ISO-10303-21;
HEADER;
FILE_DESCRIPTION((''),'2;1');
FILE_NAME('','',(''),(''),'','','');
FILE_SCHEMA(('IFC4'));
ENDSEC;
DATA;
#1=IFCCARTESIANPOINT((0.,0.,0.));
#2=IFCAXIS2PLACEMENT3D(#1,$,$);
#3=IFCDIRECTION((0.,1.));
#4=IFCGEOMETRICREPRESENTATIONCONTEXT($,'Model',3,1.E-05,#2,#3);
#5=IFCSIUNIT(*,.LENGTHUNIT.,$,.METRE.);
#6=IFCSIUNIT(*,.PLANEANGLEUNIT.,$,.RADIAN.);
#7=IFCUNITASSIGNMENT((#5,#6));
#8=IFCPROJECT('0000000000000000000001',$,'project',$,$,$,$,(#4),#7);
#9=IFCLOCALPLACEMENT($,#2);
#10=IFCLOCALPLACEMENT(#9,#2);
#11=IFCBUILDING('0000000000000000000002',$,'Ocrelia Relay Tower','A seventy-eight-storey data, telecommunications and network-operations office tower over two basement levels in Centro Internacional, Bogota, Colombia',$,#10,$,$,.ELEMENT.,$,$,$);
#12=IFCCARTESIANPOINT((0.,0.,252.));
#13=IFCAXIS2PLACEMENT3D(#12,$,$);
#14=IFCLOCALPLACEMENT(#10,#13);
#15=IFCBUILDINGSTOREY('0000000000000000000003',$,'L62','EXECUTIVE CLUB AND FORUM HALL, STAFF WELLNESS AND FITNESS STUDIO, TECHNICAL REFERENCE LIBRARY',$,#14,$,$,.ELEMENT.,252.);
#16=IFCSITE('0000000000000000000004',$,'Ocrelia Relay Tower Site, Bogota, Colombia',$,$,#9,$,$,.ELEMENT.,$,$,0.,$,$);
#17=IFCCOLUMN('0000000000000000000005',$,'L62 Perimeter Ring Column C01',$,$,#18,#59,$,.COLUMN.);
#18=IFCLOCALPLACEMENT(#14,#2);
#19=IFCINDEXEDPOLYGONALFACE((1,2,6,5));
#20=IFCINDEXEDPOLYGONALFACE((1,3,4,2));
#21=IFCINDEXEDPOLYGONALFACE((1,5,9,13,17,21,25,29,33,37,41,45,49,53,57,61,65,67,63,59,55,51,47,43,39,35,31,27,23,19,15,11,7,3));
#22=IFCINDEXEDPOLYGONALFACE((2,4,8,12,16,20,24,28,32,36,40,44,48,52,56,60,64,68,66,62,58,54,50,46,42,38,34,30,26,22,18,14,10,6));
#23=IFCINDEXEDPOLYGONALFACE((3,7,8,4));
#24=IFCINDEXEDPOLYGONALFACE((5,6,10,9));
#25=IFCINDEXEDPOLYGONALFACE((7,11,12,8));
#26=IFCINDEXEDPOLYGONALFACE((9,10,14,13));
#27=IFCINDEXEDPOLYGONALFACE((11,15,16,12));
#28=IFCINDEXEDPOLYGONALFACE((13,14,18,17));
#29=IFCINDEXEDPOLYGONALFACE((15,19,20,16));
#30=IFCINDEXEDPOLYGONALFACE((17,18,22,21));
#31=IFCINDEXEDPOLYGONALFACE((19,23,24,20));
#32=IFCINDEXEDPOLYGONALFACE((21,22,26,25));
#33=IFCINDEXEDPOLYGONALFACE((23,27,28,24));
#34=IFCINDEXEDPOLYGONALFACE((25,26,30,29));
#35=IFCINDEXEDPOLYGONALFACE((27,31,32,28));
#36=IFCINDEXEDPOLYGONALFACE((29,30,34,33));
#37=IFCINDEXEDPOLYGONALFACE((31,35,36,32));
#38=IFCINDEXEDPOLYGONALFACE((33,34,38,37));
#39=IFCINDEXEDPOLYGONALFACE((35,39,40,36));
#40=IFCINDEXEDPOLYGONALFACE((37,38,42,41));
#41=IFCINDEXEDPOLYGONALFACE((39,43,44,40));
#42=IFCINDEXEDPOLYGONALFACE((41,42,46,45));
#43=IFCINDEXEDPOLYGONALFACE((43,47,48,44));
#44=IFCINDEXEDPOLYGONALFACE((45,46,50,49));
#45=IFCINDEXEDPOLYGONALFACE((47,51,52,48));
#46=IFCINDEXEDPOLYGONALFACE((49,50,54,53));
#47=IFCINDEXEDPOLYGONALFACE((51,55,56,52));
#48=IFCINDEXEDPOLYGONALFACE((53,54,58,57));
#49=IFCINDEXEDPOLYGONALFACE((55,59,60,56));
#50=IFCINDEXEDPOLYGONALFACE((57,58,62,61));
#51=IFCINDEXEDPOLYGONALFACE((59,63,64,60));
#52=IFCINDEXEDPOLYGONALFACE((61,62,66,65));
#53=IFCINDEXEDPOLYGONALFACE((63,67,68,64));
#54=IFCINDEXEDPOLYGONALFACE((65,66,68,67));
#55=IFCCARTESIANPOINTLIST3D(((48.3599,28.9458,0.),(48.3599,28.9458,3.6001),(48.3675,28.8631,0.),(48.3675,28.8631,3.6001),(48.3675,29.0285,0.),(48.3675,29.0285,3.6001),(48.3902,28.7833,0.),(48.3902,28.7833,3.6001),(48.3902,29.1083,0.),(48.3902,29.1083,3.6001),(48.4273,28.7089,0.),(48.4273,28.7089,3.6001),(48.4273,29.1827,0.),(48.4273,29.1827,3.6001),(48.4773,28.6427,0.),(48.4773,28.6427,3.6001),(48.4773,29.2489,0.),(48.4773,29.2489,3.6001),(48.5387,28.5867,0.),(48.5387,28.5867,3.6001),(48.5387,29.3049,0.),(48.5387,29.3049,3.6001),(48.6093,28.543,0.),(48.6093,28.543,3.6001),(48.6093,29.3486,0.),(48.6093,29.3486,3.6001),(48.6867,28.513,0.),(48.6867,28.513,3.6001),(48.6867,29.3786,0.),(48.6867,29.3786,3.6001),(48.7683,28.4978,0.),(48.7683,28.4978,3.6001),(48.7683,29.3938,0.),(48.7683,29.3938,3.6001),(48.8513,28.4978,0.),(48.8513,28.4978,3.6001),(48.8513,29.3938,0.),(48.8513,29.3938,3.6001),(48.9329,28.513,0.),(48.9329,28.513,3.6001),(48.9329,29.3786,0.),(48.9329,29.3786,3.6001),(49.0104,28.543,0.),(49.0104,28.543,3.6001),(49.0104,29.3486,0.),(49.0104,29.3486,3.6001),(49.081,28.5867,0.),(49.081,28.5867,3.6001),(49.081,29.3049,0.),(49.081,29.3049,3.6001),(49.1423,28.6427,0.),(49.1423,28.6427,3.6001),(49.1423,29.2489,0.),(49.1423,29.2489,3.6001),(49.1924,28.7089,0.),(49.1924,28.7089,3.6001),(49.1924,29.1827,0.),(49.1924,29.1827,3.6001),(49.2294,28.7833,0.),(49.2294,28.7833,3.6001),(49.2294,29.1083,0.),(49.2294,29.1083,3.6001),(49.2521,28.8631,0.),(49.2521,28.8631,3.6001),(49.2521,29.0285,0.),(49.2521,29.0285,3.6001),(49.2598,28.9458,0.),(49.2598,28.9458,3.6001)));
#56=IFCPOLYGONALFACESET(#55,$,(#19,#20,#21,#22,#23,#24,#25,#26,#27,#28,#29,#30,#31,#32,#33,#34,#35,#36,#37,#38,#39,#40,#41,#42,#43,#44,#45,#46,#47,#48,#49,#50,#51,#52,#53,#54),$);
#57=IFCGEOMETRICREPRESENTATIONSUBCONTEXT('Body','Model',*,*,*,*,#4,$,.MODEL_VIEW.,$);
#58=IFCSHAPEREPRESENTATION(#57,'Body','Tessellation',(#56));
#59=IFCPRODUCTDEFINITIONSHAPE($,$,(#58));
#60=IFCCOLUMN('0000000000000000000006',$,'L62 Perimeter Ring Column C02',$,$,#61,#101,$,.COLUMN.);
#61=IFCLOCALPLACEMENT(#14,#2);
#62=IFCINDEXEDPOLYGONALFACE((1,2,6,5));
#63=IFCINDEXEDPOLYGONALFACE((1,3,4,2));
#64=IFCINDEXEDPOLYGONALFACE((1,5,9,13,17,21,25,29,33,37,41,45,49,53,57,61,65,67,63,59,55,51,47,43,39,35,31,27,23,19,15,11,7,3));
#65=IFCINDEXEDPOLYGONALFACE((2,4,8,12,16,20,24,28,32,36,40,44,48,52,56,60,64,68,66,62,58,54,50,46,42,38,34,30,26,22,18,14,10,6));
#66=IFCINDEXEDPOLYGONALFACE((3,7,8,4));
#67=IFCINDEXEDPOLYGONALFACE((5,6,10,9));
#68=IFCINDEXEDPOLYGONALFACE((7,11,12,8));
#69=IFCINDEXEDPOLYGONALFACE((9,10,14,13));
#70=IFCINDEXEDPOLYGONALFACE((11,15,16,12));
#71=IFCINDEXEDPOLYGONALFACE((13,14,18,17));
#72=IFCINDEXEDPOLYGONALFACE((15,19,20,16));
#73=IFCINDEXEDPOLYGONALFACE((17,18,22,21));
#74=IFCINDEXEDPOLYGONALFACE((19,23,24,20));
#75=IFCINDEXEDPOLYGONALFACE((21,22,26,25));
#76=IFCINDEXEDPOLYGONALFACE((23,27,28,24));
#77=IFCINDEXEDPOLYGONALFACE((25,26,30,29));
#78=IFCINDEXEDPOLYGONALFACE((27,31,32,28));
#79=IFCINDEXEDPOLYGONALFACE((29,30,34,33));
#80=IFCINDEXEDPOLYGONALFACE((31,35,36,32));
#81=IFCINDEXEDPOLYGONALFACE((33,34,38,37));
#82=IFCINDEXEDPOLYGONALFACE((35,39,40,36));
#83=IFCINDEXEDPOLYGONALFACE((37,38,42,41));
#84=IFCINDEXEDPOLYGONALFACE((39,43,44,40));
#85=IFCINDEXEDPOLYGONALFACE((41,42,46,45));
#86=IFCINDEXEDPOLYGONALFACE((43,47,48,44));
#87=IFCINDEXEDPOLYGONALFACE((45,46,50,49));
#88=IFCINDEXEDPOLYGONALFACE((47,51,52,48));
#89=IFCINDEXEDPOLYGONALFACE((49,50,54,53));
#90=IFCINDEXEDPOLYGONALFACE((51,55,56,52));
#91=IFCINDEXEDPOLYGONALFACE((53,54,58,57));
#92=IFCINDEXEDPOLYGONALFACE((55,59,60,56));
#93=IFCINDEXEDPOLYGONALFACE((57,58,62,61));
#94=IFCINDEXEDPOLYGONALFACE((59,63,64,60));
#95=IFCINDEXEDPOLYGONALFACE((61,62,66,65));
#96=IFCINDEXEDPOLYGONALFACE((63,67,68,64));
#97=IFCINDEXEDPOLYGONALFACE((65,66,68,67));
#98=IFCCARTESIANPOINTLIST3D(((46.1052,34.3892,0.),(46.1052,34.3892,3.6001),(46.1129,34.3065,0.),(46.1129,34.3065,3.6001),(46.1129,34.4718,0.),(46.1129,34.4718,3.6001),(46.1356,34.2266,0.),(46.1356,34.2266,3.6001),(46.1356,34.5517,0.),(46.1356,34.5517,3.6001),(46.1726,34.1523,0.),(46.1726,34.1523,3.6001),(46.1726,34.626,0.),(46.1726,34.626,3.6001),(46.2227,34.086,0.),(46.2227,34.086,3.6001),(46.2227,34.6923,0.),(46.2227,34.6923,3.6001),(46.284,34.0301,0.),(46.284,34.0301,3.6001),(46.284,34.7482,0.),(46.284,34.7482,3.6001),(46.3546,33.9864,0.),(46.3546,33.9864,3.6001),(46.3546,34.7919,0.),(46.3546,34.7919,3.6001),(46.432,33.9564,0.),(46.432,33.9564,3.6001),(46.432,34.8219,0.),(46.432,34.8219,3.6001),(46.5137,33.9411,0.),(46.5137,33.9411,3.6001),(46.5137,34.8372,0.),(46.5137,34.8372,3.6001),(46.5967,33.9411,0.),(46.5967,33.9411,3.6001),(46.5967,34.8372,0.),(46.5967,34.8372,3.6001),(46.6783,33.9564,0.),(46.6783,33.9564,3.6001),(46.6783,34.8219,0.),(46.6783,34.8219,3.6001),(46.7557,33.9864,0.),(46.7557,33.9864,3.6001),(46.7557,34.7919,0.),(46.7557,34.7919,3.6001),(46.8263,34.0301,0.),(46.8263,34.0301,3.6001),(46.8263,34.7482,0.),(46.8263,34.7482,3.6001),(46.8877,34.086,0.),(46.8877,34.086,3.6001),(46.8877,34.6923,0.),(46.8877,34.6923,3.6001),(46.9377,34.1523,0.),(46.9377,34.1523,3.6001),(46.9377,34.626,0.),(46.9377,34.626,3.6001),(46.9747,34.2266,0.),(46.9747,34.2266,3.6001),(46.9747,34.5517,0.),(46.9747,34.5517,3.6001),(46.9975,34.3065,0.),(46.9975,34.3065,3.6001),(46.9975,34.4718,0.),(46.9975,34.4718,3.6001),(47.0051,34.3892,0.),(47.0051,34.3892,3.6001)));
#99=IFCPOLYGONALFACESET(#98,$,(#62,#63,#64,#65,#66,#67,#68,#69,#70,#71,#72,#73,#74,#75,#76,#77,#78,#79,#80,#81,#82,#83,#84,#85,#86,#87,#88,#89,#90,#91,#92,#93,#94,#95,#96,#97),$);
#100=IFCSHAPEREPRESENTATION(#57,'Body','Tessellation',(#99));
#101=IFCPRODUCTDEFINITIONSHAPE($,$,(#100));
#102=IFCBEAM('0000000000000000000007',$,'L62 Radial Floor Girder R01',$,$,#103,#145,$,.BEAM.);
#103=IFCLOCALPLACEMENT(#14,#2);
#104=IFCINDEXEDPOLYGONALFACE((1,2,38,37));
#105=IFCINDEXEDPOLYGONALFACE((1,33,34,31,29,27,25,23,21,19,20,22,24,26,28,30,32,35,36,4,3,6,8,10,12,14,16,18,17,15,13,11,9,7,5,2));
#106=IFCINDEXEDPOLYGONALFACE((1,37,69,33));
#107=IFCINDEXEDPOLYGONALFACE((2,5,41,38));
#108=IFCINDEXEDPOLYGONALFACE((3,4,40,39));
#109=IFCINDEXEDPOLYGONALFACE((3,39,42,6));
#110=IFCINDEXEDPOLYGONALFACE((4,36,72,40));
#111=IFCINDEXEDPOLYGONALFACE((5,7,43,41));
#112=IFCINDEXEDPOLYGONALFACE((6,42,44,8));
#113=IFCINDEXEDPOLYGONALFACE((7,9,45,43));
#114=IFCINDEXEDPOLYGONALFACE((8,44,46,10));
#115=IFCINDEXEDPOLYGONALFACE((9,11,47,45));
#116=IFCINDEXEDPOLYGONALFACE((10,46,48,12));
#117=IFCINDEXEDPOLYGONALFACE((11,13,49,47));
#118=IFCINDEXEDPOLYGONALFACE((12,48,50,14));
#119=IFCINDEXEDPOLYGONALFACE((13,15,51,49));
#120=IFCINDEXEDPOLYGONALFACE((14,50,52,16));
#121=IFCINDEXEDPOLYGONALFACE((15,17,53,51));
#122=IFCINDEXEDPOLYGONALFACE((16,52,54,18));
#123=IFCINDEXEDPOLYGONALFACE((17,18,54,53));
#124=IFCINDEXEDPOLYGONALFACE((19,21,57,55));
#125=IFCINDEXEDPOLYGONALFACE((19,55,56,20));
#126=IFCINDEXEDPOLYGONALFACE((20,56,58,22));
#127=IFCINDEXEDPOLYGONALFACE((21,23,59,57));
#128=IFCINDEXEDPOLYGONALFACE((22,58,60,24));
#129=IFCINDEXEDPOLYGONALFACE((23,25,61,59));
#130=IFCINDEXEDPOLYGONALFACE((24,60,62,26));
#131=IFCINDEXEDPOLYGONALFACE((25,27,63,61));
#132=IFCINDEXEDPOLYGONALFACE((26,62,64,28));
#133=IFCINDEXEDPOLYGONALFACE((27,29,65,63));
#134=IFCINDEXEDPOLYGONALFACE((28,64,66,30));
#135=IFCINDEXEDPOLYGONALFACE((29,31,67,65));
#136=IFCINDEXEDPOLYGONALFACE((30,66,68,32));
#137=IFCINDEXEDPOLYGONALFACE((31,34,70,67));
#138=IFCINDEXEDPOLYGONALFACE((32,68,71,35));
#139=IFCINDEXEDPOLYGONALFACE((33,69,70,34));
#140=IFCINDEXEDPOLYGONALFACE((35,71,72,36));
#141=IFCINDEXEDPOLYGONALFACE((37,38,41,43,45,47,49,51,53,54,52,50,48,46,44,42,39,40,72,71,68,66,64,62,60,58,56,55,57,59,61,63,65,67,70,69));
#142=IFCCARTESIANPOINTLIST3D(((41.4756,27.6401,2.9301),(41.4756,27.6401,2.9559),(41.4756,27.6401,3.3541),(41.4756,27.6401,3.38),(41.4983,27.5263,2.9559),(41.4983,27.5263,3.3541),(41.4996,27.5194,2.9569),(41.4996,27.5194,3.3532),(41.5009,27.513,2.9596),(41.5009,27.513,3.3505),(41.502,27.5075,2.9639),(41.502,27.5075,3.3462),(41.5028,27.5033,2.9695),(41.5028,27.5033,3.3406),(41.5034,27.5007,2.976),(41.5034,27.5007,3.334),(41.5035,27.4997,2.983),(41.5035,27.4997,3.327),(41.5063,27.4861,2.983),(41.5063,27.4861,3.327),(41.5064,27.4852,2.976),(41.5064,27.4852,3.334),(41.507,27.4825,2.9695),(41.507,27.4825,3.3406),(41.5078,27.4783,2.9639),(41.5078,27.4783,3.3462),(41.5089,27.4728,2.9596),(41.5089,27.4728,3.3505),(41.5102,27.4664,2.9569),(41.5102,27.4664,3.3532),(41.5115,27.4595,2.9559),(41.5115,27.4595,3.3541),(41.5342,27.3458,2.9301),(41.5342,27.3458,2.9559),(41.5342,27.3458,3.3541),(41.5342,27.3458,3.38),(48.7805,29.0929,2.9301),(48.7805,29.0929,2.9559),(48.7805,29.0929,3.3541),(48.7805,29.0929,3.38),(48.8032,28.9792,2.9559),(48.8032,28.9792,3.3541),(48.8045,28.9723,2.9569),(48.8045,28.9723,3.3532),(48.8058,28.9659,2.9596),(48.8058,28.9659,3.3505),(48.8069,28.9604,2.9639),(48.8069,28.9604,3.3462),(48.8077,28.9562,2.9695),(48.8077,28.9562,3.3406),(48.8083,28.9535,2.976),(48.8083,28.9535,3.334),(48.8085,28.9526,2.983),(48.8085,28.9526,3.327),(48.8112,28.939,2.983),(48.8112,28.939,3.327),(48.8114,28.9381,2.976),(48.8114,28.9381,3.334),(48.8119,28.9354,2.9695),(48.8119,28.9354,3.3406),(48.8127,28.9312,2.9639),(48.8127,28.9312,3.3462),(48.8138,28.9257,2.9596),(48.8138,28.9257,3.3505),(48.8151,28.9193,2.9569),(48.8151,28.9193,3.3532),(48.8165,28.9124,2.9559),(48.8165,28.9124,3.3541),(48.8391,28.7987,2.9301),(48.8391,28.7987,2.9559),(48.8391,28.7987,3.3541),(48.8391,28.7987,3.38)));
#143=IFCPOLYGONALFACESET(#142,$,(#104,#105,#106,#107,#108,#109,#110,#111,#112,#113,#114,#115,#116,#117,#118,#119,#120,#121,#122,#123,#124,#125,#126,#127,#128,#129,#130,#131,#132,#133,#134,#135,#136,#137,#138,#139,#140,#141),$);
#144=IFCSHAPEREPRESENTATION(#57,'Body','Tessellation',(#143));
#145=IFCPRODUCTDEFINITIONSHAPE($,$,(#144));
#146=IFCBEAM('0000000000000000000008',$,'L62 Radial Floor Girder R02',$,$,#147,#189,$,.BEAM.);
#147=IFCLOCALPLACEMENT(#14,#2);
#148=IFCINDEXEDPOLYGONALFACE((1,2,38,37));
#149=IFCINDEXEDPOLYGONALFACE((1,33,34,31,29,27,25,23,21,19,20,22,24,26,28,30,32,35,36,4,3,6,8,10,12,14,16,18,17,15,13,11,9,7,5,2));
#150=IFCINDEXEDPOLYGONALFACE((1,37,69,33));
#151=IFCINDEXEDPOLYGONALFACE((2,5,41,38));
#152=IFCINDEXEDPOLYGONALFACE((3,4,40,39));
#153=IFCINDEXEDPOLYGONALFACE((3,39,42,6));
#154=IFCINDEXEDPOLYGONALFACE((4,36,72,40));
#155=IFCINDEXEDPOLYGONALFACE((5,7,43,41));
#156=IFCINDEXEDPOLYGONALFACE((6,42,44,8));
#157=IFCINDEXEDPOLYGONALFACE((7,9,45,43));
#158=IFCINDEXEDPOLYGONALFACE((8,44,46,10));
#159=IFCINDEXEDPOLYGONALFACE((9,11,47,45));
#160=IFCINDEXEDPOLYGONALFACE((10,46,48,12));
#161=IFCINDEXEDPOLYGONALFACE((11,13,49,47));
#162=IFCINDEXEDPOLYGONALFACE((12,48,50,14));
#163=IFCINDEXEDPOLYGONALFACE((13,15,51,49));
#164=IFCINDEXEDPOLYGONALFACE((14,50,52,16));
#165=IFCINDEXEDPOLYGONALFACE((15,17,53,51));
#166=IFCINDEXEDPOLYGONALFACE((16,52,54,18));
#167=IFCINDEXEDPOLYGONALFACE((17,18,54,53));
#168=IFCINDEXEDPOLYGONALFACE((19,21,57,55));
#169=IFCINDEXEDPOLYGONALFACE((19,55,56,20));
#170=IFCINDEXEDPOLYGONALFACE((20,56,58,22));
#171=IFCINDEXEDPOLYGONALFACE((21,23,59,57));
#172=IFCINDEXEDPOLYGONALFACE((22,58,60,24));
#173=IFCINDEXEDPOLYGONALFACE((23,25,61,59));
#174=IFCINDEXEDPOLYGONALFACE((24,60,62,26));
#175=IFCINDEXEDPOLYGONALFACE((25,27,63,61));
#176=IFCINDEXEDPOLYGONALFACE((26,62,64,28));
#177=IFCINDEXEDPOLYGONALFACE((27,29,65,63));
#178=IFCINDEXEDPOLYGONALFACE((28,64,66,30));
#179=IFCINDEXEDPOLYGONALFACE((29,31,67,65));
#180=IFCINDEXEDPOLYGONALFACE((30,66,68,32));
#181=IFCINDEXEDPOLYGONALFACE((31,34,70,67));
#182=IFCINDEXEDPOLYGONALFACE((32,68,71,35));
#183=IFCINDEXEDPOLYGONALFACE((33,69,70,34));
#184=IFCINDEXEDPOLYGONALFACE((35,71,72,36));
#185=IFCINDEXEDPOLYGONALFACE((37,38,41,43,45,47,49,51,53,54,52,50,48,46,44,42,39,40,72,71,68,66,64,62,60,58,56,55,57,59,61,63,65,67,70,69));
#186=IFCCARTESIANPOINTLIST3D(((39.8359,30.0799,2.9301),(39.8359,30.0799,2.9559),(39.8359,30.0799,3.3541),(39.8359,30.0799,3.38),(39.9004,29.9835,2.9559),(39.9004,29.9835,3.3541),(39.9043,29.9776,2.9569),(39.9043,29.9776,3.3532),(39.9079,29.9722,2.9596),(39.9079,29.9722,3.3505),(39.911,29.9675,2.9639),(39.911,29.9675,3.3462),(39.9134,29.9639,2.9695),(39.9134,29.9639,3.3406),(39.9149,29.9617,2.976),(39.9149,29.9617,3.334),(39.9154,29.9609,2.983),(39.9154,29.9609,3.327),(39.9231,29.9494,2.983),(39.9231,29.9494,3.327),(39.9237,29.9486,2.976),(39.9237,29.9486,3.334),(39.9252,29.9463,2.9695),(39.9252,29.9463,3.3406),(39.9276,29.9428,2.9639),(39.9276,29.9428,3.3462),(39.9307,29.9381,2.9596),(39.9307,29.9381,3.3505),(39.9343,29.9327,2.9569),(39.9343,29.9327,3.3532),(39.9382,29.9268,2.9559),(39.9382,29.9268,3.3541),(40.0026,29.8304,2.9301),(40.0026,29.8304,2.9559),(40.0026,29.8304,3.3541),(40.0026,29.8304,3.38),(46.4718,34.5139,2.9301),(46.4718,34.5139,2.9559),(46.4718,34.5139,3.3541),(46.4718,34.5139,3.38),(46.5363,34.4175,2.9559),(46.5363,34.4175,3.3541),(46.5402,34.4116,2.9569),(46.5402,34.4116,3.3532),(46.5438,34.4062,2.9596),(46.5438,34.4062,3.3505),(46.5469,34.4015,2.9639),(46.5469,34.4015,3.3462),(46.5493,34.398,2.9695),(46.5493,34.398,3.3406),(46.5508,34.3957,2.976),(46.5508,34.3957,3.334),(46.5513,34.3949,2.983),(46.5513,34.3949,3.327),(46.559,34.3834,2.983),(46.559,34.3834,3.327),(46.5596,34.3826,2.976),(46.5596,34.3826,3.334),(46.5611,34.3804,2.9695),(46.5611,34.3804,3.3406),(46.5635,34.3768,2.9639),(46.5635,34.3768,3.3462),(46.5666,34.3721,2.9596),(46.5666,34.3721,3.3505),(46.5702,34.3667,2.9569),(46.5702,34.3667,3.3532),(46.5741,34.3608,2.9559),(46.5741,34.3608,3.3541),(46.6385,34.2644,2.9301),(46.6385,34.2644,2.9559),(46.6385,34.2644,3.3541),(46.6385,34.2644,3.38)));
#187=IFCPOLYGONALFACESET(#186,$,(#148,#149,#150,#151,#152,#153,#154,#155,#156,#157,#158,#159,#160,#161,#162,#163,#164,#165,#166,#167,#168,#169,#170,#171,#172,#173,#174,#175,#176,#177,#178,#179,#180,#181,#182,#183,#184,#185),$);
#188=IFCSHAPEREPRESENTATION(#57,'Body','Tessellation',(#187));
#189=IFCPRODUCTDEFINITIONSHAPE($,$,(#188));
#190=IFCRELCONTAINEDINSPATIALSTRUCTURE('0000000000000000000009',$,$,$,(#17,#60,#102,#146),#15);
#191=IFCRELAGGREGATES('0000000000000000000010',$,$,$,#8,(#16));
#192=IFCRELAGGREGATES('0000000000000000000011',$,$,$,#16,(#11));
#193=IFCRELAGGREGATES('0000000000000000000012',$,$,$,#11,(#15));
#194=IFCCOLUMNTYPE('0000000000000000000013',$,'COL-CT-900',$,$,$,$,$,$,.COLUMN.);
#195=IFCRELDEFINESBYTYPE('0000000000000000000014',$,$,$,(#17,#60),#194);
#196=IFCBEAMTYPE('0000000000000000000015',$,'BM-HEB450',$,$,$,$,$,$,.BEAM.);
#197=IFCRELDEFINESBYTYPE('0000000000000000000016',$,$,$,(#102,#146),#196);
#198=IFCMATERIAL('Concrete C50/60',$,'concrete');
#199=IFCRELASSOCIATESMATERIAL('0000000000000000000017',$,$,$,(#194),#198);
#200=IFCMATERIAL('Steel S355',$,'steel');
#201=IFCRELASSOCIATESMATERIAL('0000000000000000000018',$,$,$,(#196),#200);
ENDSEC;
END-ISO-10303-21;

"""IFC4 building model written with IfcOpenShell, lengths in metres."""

from ifc_helpers import new_model, si_unit, direction, frame, origin, origin_2d, place, context, subcontext, project, spatial, circle, i_section, extrude, material, material_profile, profile_set, type_object, element, save


model = new_model("IFC4")

# Units and contexts
model_context = context("Model", 3, precision=1e-05, world=origin(), true_north=direction((0.0, 1.0)))
body_context = subcontext(model_context, "Body", "Model", "MODEL_VIEW")
ifc_project = project(units=[si_unit("LENGTHUNIT", "METRE"), si_unit("PLANEANGLEUNIT", "RADIAN")], contexts=[model_context])

# Site, building, storey
site_placement = place(None, origin())
site = spatial("IfcSite", under=ifc_project, at=site_placement, Name="Ocrelia Relay Tower Site, Bogota, Colombia", CompositionType="ELEMENT", RefElevation=0.0)
building_placement = place(site_placement, origin())
building = spatial("IfcBuilding", under=site, at=building_placement, Name="Ocrelia Relay Tower", Description="A seventy-eight-storey data, telecommunications and network-operations office tower over two basement levels in Centro Internacional, Bogota, Colombia", CompositionType="ELEMENT")
storey_placement = place(building_placement, frame((0.0, 0.0, 252.0)))
storey = spatial("IfcBuildingStorey", under=building, at=storey_placement, Name="L62", Description="EXECUTIVE CLUB AND FORUM HALL, STAFF WELLNESS AND FITNESS STUDIO, TECHNICAL REFERENCE LIBRARY", CompositionType="ELEMENT", Elevation=252.0)

# Columns
ifc_material_1 = material(Name="Concrete C50/60", Category="concrete")
ifc_material_profile_1 = material_profile(ifc_material_1, circle(Radius=0.45, at=origin_2d()), Name="RC-CIR-900")
ifc_profile_set_1 = profile_set([ifc_material_profile_1], Name="Concrete C50/60")
column_type = type_object("IfcColumnType", Name="COL-CT-900", PredefinedType="COLUMN", material=ifc_profile_set_1)
for number, where, z_axis, x_axis, name in (
    (1, (48.8098, 28.9458, 0.0), (0.0, 0.0, 1.0), (1.0, 0.0, 0.0), "L62 Perimeter Ring Column C01"),
    (2, (46.5552, 34.3892, 0.0), (0.0, 0.0, 1.0), (1.0, 0.0, 0.0), "L62 Perimeter Ring Column C02"),
):
    element("IfcColumn", number, at=place(storey_placement, frame(where, z_axis=z_axis, x_axis=x_axis)), inside=storey, type_object=column_type, Name=name, PredefinedType="COLUMN", context=body_context, shape_type="SweptSolid", body=[
        extrude(circle(Radius=0.45, at=origin_2d()), origin(), (0.0, 0.0, 1.0), 3.6001),
    ])

# Beams
ifc_material_2 = material(Name="Steel S355", Category="steel")
ifc_material_profile_2 = material_profile(ifc_material_2, i_section(OverallWidth=0.3, OverallDepth=0.45, WebThickness=0.0139, FlangeThickness=0.0259, FilletRadius=0.0271, at=origin_2d()), Name="HEB 450")
ifc_profile_set_2 = profile_set([ifc_material_profile_2], Name="Steel S355")
beam_type_1 = type_object("IfcBeamType", Name="BM-HEB450", PredefinedType="BEAM", material=ifc_profile_set_2)
beam_1_placement = place(storey_placement, frame((48.8098, 28.9458, 3.155), z_axis=(-0.980789, -0.19507, 0.0), x_axis=(0.19507, -0.980789, 0.0)))
element("IfcBeam", 3, at=beam_1_placement, inside=storey, type_object=beam_type_1, Name="L62 Radial Floor Girder R01", PredefinedType="BEAM", context=body_context, shape_type="SweptSolid", body=[
    extrude(i_section(OverallWidth=0.3, OverallDepth=0.45, WebThickness=0.0139, FlangeThickness=0.0259, FilletRadius=0.0271, at=origin_2d()), origin(), (0.0, 0.0, 1.0), 7.448),
])
beam_2_placement = place(storey_placement, frame((46.5552, 34.3892, 3.155), z_axis=(-0.831466, -0.555575, 0.0), x_axis=(0.555575, -0.831466, 0.0)))
element("IfcBeam", 4, at=beam_2_placement, inside=storey, type_object=beam_type_1, Name="L62 Radial Floor Girder R02", PredefinedType="BEAM", context=body_context, shape_type="SweptSolid", body=[
    extrude(i_section(OverallWidth=0.3, OverallDepth=0.45, WebThickness=0.0139, FlangeThickness=0.0259, FilletRadius=0.0271, at=origin_2d()), origin(), (0.0, 0.0, 1.0), 7.981),
])

save(model, "model.ifc")
